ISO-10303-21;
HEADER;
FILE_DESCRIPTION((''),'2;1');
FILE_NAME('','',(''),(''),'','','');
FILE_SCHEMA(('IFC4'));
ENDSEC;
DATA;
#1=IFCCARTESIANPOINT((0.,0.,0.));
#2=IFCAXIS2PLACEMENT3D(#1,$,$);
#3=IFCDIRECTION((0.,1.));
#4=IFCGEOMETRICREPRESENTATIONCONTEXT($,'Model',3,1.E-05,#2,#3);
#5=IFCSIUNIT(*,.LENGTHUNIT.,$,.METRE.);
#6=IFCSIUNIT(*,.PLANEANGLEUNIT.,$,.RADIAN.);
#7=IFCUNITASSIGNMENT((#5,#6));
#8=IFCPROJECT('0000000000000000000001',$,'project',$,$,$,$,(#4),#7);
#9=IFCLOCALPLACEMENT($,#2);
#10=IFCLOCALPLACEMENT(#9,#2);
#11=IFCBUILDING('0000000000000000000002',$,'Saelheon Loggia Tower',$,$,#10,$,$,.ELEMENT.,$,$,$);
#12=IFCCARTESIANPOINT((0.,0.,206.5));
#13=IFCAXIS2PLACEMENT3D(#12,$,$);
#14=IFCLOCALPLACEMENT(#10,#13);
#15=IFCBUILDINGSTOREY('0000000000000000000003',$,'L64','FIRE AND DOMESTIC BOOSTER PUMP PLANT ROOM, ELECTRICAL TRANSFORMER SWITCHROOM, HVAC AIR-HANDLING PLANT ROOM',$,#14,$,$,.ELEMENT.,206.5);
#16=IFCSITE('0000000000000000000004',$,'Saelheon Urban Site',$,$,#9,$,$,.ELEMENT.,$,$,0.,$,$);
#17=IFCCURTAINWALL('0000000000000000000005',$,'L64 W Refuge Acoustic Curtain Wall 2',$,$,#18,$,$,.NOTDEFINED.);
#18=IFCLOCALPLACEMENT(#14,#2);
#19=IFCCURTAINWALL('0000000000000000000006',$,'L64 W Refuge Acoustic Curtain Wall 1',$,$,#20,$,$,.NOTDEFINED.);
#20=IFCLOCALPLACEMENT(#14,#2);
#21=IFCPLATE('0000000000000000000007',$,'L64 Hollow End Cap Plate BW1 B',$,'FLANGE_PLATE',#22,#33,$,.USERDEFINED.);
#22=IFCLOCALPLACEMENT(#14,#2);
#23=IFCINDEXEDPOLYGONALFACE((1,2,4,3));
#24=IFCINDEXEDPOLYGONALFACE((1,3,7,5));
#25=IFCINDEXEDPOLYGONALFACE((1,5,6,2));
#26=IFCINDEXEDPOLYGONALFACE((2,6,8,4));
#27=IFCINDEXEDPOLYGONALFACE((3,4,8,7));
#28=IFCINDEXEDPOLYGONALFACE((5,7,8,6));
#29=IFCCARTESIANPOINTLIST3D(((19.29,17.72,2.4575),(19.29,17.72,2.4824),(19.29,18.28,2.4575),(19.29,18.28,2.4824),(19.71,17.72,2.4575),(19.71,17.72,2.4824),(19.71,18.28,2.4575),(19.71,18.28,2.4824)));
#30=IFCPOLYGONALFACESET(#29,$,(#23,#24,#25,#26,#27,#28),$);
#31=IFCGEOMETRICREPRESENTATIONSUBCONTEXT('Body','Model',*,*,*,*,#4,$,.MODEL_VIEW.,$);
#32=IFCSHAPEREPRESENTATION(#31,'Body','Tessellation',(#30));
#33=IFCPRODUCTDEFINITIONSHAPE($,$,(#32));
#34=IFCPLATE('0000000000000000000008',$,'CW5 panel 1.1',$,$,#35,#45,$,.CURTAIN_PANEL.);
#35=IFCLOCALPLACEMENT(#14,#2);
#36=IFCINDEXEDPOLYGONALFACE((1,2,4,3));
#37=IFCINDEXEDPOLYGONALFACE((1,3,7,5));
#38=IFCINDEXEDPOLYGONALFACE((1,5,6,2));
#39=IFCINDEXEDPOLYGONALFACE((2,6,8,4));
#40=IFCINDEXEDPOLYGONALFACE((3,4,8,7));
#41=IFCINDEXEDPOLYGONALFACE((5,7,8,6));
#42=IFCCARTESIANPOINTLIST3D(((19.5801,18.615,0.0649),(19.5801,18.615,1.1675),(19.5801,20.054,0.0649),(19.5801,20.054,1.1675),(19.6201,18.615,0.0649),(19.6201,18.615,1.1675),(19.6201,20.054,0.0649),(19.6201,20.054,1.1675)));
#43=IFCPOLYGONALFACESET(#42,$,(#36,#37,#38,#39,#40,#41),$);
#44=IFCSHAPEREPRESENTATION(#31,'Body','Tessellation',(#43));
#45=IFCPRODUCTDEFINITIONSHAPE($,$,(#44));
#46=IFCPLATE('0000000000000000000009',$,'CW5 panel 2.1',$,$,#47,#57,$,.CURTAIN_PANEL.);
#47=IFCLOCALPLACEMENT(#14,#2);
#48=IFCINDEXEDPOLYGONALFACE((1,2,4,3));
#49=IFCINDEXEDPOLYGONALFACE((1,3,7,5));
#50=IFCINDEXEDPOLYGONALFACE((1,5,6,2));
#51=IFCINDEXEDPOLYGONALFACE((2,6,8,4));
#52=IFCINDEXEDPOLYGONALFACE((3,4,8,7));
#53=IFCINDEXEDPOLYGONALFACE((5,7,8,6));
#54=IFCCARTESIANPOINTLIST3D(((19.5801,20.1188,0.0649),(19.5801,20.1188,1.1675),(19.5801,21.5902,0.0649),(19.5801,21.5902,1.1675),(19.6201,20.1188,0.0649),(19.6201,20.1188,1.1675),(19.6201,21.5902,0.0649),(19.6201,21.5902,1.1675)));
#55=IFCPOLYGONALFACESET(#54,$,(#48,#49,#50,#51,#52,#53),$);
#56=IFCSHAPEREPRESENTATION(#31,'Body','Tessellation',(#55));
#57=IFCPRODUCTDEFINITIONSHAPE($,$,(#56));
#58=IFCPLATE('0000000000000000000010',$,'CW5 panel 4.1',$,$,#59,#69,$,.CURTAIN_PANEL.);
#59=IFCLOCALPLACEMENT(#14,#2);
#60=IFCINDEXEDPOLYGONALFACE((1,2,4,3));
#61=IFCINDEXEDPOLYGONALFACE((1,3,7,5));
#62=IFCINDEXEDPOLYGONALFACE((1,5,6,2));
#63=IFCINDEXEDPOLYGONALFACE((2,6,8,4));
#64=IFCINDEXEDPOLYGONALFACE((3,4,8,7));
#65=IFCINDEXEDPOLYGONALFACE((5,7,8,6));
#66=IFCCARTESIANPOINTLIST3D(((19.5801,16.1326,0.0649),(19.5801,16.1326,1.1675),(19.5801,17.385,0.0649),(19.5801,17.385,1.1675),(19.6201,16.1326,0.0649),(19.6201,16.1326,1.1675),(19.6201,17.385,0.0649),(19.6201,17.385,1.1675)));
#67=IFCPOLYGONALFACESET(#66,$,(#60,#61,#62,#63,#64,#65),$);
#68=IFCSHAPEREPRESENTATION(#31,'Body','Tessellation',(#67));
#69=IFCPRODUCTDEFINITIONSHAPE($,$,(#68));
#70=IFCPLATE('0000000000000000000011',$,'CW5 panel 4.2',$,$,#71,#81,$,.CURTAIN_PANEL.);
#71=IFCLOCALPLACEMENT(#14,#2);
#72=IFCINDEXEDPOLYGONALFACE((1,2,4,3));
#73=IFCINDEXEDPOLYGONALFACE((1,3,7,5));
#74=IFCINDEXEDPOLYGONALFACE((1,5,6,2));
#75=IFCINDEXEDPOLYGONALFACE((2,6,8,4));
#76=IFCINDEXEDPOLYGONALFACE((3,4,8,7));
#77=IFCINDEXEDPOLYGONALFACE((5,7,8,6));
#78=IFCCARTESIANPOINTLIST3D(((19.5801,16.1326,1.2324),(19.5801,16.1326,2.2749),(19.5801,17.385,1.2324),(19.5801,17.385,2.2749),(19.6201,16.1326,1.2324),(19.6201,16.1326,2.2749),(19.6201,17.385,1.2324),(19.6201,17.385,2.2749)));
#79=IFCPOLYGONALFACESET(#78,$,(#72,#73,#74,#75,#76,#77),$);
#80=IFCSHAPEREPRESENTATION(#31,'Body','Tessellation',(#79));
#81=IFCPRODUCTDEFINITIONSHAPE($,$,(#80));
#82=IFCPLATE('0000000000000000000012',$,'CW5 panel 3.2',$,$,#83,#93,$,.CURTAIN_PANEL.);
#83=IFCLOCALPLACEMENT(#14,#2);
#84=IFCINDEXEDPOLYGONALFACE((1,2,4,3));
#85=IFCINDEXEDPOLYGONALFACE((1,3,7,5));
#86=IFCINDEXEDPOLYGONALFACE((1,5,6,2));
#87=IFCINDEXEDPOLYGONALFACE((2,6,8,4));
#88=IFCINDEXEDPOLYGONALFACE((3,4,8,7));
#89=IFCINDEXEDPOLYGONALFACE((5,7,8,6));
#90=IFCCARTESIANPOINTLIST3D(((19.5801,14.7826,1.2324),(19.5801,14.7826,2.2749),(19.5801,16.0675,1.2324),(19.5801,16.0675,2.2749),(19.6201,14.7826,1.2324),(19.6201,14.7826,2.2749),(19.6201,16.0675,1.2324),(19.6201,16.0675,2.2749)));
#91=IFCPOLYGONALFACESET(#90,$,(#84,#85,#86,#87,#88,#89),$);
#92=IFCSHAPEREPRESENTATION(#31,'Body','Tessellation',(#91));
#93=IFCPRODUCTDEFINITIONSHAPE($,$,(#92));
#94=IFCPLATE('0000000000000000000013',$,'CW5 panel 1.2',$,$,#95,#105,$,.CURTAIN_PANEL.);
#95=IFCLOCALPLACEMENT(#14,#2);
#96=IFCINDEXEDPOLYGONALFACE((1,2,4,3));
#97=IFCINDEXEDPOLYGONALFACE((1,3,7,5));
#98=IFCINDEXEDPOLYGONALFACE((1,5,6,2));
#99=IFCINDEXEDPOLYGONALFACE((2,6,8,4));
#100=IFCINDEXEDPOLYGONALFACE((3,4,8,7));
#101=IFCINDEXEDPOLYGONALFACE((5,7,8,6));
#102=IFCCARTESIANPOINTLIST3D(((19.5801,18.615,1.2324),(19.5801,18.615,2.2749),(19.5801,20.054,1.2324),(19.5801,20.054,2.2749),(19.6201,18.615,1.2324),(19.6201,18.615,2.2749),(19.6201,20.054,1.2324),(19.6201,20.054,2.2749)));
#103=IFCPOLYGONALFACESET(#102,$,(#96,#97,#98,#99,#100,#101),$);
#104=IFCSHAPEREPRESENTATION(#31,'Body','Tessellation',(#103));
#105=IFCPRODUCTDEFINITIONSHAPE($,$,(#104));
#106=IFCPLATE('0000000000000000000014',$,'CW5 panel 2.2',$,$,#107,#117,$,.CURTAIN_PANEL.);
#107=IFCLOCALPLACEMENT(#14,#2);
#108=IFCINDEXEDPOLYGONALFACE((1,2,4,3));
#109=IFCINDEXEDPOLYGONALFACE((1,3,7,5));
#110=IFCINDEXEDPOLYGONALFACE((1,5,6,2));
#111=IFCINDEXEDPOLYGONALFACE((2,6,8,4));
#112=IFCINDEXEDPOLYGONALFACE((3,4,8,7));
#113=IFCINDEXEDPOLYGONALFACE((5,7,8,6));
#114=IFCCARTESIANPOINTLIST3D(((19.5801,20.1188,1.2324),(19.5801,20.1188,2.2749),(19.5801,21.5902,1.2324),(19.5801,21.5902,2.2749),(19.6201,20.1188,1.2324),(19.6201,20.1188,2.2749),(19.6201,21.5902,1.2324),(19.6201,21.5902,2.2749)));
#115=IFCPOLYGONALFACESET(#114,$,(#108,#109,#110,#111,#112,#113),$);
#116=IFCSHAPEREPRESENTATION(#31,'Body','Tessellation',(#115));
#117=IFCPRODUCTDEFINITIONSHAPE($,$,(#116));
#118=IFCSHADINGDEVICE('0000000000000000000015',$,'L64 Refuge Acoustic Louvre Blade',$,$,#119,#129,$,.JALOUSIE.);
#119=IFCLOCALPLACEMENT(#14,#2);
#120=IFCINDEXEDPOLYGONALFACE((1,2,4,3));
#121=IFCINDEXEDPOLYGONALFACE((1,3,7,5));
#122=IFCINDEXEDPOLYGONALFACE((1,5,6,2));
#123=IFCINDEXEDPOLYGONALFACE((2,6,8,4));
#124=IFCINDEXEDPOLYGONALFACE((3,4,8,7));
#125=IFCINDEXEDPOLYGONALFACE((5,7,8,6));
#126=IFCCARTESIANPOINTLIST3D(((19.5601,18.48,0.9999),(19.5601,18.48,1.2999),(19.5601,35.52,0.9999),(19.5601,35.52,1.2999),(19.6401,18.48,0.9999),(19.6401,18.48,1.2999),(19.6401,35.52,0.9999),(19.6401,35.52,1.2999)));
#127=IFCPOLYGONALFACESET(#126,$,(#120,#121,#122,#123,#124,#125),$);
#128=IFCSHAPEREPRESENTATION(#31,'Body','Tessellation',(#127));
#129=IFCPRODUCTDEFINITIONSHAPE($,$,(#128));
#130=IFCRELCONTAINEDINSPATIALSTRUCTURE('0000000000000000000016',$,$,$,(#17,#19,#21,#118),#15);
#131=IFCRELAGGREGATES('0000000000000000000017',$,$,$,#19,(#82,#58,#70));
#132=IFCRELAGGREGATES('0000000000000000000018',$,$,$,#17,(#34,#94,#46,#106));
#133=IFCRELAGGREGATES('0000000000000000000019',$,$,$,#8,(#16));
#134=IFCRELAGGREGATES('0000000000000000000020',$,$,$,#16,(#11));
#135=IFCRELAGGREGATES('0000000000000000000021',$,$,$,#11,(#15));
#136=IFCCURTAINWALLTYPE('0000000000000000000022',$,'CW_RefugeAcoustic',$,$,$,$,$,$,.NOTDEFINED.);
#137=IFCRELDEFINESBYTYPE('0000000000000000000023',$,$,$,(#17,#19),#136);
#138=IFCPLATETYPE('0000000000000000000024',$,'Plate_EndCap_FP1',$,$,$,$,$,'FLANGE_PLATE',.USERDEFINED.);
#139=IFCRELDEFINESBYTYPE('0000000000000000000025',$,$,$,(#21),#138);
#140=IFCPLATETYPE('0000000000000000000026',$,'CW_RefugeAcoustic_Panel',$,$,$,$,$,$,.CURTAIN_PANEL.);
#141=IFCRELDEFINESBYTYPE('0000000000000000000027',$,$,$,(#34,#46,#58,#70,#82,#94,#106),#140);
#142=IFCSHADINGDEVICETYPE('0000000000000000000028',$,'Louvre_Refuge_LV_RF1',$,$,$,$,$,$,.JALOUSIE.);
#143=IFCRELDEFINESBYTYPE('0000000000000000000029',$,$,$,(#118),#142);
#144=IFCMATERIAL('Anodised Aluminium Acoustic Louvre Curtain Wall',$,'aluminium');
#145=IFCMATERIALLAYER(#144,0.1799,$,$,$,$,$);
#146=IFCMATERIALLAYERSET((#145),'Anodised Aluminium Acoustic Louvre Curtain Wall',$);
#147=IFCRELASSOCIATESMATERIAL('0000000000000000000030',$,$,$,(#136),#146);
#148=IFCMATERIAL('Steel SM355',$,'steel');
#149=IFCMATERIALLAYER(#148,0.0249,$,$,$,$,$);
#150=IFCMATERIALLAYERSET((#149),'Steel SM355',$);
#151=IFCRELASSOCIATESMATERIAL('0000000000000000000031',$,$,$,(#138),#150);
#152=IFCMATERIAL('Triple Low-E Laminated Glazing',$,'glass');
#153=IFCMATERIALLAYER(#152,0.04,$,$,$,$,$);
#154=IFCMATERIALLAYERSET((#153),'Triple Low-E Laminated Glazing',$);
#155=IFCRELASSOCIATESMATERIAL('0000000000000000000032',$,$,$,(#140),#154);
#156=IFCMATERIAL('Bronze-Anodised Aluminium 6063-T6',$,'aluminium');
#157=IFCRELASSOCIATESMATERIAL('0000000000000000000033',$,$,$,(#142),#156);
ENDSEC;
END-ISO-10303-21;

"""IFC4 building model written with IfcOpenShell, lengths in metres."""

from ifc_helpers import new_model, si_unit, direction, frame, origin, origin_2d, place, context, subcontext, project, spatial, rectangle, extrude, source, transform, mapped, material, layer, layer_set, material_profile, profile_set, type_object, element, aggregate, save


model = new_model("IFC4")

# Units and contexts
model_context = context("Model", 3, precision=1e-05, world=origin(), true_north=direction((0.0, 1.0)))
body_context = subcontext(model_context, "Body", "Model", "MODEL_VIEW")
ifc_project = project(units=[si_unit("LENGTHUNIT", "METRE"), si_unit("PLANEANGLEUNIT", "RADIAN")], contexts=[model_context])

# Site, building, storey
site_placement = place(None, origin())
site = spatial("IfcSite", under=ifc_project, at=site_placement, Name="Saelheon Urban Site", CompositionType="ELEMENT", RefElevation=0.0)
building_placement = place(site_placement, origin())
building = spatial("IfcBuilding", under=site, at=building_placement, Name="Saelheon Loggia Tower", CompositionType="ELEMENT")
storey_placement = place(building_placement, frame((0.0, 0.0, 206.5)))
storey = spatial("IfcBuildingStorey", under=building, at=storey_placement, Name="L64", Description="FIRE AND DOMESTIC BOOSTER PUMP PLANT ROOM, ELECTRICAL TRANSFORMER SWITCHROOM, HVAC AIR-HANDLING PLANT ROOM", CompositionType="ELEMENT", Elevation=206.5)

# Curtain walls
ifc_material_1 = material(Name="Anodised Aluminium Acoustic Louvre Curtain Wall", Category="aluminium")
ifc_layer_1 = layer(ifc_material_1, 0.1799)
ifc_layer_set_1 = layer_set([ifc_layer_1], Name="Anodised Aluminium Acoustic Louvre Curtain Wall")
curtain_wall_type = type_object("IfcCurtainWallType", Name="CW_RefugeAcoustic", PredefinedType="NOTDEFINED", material=ifc_layer_set_1)
curtain_wall_1_placement = place(storey_placement, origin())
curtain_wall_1 = element("IfcCurtainWall", 1, at=curtain_wall_1_placement, inside=storey, type_object=curtain_wall_type, Name="L64 W Refuge Acoustic Curtain Wall 2", PredefinedType="NOTDEFINED")
curtain_wall_2_placement = place(storey_placement, origin())
curtain_wall_2 = element("IfcCurtainWall", 2, at=curtain_wall_2_placement, inside=storey, type_object=curtain_wall_type, Name="L64 W Refuge Acoustic Curtain Wall 1", PredefinedType="NOTDEFINED")

# Plates
ifc_material_2 = material(Name="Steel SM355", Category="steel")
ifc_layer_2 = layer(ifc_material_2, 0.0249)
ifc_layer_set_2 = layer_set([ifc_layer_2], Name="Steel SM355")
plate_type_1 = type_object("IfcPlateType", Name="Plate_EndCap_FP1", ElementType="FLANGE_PLATE", PredefinedType="USERDEFINED", material=ifc_layer_set_2)
shared_shape_1 = source(origin(), body_context, "Body", "SweptSolid", [
    extrude(rectangle(XDim=0.5601, YDim=0.4199, at=origin_2d()), origin(), (0.0, 0.0, 1.0), 0.0249),
])
plate_1_placement = place(storey_placement, frame((19.5, 18.0, 2.4575), z_axis=(0.0, 0.0, 1.0), x_axis=(0.0, 1.0, 0.0)))
element("IfcPlate", 3, at=plate_1_placement, inside=storey, type_object=plate_type_1, Name="L64 Hollow End Cap Plate BW1 B", ObjectType="FLANGE_PLATE", PredefinedType="USERDEFINED", context=body_context, shape_type="MappedRepresentation", body=[
    mapped(shared_shape_1, transform((0.0, 0.0, 0.0), scale=1.0)),
])
ifc_material_3 = material(Name="Triple Low-E Laminated Glazing", Category="glass")
ifc_layer_3 = layer(ifc_material_3, 0.04)
ifc_layer_set_3 = layer_set([ifc_layer_3], Name="Triple Low-E Laminated Glazing")
plate_type_2 = type_object("IfcPlateType", Name="CW_RefugeAcoustic_Panel", PredefinedType="CURTAIN_PANEL", material=ifc_layer_set_3)
shared_shape_2 = source(origin(), body_context, "Body", "SweptSolid", [
    extrude(rectangle(XDim=1.439, YDim=0.04, at=origin_2d()), origin(), (0.0, 0.0, 1.0), 1.1025),
])
plate_2_placement = place(storey_placement, frame((19.6001, 19.3345, 0.0649), z_axis=(0.0, 0.0, 1.0), x_axis=(0.0, 1.0, 0.0)))
plate_2 = element("IfcPlate", 4, at=plate_2_placement, type_object=plate_type_2, Name="CW5 panel 1.1", PredefinedType="CURTAIN_PANEL", context=body_context, shape_type="MappedRepresentation", body=[
    mapped(shared_shape_2, transform((0.0, 0.0, 0.0), scale=1.0)),
])
shared_shape_3 = source(origin(), body_context, "Body", "SweptSolid", [
    extrude(rectangle(XDim=1.4714, YDim=0.04, at=origin_2d()), origin(), (0.0, 0.0, 1.0), 1.1025),
])
plate_3_placement = place(storey_placement, frame((19.6001, 20.8545, 0.0649), z_axis=(0.0, 0.0, 1.0), x_axis=(0.0, 1.0, 0.0)))
plate_3 = element("IfcPlate", 5, at=plate_3_placement, type_object=plate_type_2, Name="CW5 panel 2.1", PredefinedType="CURTAIN_PANEL", context=body_context, shape_type="MappedRepresentation", body=[
    mapped(shared_shape_3, transform((0.0, 0.0, 0.0), scale=1.0)),
])
shared_shape_4 = source(origin(), body_context, "Body", "SweptSolid", [
    extrude(rectangle(XDim=1.2524, YDim=0.04, at=origin_2d()), origin(), (0.0, 0.0, 1.0), 1.1025),
])
plate_4_placement = place(storey_placement, frame((19.6001, 16.7588, 0.0649), z_axis=(0.0, 0.0, 1.0), x_axis=(0.0, 1.0, 0.0)))
plate_4 = element("IfcPlate", 6, at=plate_4_placement, type_object=plate_type_2, Name="CW5 panel 4.1", PredefinedType="CURTAIN_PANEL", context=body_context, shape_type="MappedRepresentation", body=[
    mapped(shared_shape_4, transform((0.0, 0.0, 0.0), scale=1.0)),
])
shared_shape_5 = source(origin(), body_context, "Body", "SweptSolid", [
    extrude(rectangle(XDim=1.2524, YDim=0.04, at=origin_2d()), origin(), (0.0, 0.0, 1.0), 1.0425),
])
plate_5_placement = place(storey_placement, frame((19.6001, 16.7588, 1.2324), z_axis=(0.0, 0.0, 1.0), x_axis=(0.0, 1.0, 0.0)))
plate_5 = element("IfcPlate", 7, at=plate_5_placement, type_object=plate_type_2, Name="CW5 panel 4.2", PredefinedType="CURTAIN_PANEL", context=body_context, shape_type="MappedRepresentation", body=[
    mapped(shared_shape_5, transform((0.0, 0.0, 0.0), scale=1.0)),
])
shared_shape_6 = source(origin(), body_context, "Body", "SweptSolid", [
    extrude(rectangle(XDim=1.2849, YDim=0.04, at=origin_2d()), origin(), (0.0, 0.0, 1.0), 1.0425),
])
plate_6_placement = place(storey_placement, frame((19.6001, 15.425, 1.2324), z_axis=(0.0, 0.0, 1.0), x_axis=(0.0, 1.0, 0.0)))
plate_6 = element("IfcPlate", 8, at=plate_6_placement, type_object=plate_type_2, Name="CW5 panel 3.2", PredefinedType="CURTAIN_PANEL", context=body_context, shape_type="MappedRepresentation", body=[
    mapped(shared_shape_6, transform((0.0, 0.0, 0.0), scale=1.0)),
])
aggregate(curtain_wall_2, [plate_6, plate_4, plate_5])
shared_shape_7 = source(origin(), body_context, "Body", "SweptSolid", [
    extrude(rectangle(XDim=1.439, YDim=0.04, at=origin_2d()), origin(), (0.0, 0.0, 1.0), 1.0425),
])
plate_7_placement = place(storey_placement, frame((19.6001, 19.3345, 1.2324), z_axis=(0.0, 0.0, 1.0), x_axis=(0.0, 1.0, 0.0)))
plate_7 = element("IfcPlate", 9, at=plate_7_placement, type_object=plate_type_2, Name="CW5 panel 1.2", PredefinedType="CURTAIN_PANEL", context=body_context, shape_type="MappedRepresentation", body=[
    mapped(shared_shape_7, transform((0.0, 0.0, 0.0), scale=1.0)),
])
shared_shape_8 = source(origin(), body_context, "Body", "SweptSolid", [
    extrude(rectangle(XDim=1.4714, YDim=0.04, at=origin_2d()), origin(), (0.0, 0.0, 1.0), 1.0425),
])
plate_8_placement = place(storey_placement, frame((19.6001, 20.8545, 1.2324), z_axis=(0.0, 0.0, 1.0), x_axis=(0.0, 1.0, 0.0)))
plate_8 = element("IfcPlate", 10, at=plate_8_placement, type_object=plate_type_2, Name="CW5 panel 2.2", PredefinedType="CURTAIN_PANEL", context=body_context, shape_type="MappedRepresentation", body=[
    mapped(shared_shape_8, transform((0.0, 0.0, 0.0), scale=1.0)),
])
aggregate(curtain_wall_1, [plate_2, plate_7, plate_3, plate_8])

# Shading device
ifc_material_4 = material(Name="Bronze-Anodised Aluminium 6063-T6", Category="aluminium")
ifc_material_profile_1 = material_profile(ifc_material_4, rectangle(XDim=0.0801, YDim=0.3, at=origin_2d()), Name="Louvre_Refuge_LV_RF1")
ifc_profile_set_1 = profile_set([ifc_material_profile_1], Name="Bronze-Anodised Aluminium 6063-T6")
shading_device_type = type_object("IfcShadingDeviceType", Name="Louvre_Refuge_LV_RF1", PredefinedType="JALOUSIE", material=ifc_profile_set_1)
shared_shape_9 = source(origin(), body_context, "Body", "SweptSolid", [
    extrude(rectangle(XDim=0.0801, YDim=0.3, at=origin_2d()), origin(), (0.0, 0.0, 1.0), 17.04),
])
shading_device_placement = place(storey_placement, frame((19.6001, 18.48, 1.1499), z_axis=(0.0, 1.0, 0.0), x_axis=(-1.0, 0.0, 0.0)))
element("IfcShadingDevice", 11, at=shading_device_placement, inside=storey, type_object=shading_device_type, Name="L64 Refuge Acoustic Louvre Blade", PredefinedType="JALOUSIE", context=body_context, shape_type="MappedRepresentation", body=[
    mapped(shared_shape_9, transform((0.0, 0.0, 0.0), scale=1.0)),
])

save(model, "model.ifc")
